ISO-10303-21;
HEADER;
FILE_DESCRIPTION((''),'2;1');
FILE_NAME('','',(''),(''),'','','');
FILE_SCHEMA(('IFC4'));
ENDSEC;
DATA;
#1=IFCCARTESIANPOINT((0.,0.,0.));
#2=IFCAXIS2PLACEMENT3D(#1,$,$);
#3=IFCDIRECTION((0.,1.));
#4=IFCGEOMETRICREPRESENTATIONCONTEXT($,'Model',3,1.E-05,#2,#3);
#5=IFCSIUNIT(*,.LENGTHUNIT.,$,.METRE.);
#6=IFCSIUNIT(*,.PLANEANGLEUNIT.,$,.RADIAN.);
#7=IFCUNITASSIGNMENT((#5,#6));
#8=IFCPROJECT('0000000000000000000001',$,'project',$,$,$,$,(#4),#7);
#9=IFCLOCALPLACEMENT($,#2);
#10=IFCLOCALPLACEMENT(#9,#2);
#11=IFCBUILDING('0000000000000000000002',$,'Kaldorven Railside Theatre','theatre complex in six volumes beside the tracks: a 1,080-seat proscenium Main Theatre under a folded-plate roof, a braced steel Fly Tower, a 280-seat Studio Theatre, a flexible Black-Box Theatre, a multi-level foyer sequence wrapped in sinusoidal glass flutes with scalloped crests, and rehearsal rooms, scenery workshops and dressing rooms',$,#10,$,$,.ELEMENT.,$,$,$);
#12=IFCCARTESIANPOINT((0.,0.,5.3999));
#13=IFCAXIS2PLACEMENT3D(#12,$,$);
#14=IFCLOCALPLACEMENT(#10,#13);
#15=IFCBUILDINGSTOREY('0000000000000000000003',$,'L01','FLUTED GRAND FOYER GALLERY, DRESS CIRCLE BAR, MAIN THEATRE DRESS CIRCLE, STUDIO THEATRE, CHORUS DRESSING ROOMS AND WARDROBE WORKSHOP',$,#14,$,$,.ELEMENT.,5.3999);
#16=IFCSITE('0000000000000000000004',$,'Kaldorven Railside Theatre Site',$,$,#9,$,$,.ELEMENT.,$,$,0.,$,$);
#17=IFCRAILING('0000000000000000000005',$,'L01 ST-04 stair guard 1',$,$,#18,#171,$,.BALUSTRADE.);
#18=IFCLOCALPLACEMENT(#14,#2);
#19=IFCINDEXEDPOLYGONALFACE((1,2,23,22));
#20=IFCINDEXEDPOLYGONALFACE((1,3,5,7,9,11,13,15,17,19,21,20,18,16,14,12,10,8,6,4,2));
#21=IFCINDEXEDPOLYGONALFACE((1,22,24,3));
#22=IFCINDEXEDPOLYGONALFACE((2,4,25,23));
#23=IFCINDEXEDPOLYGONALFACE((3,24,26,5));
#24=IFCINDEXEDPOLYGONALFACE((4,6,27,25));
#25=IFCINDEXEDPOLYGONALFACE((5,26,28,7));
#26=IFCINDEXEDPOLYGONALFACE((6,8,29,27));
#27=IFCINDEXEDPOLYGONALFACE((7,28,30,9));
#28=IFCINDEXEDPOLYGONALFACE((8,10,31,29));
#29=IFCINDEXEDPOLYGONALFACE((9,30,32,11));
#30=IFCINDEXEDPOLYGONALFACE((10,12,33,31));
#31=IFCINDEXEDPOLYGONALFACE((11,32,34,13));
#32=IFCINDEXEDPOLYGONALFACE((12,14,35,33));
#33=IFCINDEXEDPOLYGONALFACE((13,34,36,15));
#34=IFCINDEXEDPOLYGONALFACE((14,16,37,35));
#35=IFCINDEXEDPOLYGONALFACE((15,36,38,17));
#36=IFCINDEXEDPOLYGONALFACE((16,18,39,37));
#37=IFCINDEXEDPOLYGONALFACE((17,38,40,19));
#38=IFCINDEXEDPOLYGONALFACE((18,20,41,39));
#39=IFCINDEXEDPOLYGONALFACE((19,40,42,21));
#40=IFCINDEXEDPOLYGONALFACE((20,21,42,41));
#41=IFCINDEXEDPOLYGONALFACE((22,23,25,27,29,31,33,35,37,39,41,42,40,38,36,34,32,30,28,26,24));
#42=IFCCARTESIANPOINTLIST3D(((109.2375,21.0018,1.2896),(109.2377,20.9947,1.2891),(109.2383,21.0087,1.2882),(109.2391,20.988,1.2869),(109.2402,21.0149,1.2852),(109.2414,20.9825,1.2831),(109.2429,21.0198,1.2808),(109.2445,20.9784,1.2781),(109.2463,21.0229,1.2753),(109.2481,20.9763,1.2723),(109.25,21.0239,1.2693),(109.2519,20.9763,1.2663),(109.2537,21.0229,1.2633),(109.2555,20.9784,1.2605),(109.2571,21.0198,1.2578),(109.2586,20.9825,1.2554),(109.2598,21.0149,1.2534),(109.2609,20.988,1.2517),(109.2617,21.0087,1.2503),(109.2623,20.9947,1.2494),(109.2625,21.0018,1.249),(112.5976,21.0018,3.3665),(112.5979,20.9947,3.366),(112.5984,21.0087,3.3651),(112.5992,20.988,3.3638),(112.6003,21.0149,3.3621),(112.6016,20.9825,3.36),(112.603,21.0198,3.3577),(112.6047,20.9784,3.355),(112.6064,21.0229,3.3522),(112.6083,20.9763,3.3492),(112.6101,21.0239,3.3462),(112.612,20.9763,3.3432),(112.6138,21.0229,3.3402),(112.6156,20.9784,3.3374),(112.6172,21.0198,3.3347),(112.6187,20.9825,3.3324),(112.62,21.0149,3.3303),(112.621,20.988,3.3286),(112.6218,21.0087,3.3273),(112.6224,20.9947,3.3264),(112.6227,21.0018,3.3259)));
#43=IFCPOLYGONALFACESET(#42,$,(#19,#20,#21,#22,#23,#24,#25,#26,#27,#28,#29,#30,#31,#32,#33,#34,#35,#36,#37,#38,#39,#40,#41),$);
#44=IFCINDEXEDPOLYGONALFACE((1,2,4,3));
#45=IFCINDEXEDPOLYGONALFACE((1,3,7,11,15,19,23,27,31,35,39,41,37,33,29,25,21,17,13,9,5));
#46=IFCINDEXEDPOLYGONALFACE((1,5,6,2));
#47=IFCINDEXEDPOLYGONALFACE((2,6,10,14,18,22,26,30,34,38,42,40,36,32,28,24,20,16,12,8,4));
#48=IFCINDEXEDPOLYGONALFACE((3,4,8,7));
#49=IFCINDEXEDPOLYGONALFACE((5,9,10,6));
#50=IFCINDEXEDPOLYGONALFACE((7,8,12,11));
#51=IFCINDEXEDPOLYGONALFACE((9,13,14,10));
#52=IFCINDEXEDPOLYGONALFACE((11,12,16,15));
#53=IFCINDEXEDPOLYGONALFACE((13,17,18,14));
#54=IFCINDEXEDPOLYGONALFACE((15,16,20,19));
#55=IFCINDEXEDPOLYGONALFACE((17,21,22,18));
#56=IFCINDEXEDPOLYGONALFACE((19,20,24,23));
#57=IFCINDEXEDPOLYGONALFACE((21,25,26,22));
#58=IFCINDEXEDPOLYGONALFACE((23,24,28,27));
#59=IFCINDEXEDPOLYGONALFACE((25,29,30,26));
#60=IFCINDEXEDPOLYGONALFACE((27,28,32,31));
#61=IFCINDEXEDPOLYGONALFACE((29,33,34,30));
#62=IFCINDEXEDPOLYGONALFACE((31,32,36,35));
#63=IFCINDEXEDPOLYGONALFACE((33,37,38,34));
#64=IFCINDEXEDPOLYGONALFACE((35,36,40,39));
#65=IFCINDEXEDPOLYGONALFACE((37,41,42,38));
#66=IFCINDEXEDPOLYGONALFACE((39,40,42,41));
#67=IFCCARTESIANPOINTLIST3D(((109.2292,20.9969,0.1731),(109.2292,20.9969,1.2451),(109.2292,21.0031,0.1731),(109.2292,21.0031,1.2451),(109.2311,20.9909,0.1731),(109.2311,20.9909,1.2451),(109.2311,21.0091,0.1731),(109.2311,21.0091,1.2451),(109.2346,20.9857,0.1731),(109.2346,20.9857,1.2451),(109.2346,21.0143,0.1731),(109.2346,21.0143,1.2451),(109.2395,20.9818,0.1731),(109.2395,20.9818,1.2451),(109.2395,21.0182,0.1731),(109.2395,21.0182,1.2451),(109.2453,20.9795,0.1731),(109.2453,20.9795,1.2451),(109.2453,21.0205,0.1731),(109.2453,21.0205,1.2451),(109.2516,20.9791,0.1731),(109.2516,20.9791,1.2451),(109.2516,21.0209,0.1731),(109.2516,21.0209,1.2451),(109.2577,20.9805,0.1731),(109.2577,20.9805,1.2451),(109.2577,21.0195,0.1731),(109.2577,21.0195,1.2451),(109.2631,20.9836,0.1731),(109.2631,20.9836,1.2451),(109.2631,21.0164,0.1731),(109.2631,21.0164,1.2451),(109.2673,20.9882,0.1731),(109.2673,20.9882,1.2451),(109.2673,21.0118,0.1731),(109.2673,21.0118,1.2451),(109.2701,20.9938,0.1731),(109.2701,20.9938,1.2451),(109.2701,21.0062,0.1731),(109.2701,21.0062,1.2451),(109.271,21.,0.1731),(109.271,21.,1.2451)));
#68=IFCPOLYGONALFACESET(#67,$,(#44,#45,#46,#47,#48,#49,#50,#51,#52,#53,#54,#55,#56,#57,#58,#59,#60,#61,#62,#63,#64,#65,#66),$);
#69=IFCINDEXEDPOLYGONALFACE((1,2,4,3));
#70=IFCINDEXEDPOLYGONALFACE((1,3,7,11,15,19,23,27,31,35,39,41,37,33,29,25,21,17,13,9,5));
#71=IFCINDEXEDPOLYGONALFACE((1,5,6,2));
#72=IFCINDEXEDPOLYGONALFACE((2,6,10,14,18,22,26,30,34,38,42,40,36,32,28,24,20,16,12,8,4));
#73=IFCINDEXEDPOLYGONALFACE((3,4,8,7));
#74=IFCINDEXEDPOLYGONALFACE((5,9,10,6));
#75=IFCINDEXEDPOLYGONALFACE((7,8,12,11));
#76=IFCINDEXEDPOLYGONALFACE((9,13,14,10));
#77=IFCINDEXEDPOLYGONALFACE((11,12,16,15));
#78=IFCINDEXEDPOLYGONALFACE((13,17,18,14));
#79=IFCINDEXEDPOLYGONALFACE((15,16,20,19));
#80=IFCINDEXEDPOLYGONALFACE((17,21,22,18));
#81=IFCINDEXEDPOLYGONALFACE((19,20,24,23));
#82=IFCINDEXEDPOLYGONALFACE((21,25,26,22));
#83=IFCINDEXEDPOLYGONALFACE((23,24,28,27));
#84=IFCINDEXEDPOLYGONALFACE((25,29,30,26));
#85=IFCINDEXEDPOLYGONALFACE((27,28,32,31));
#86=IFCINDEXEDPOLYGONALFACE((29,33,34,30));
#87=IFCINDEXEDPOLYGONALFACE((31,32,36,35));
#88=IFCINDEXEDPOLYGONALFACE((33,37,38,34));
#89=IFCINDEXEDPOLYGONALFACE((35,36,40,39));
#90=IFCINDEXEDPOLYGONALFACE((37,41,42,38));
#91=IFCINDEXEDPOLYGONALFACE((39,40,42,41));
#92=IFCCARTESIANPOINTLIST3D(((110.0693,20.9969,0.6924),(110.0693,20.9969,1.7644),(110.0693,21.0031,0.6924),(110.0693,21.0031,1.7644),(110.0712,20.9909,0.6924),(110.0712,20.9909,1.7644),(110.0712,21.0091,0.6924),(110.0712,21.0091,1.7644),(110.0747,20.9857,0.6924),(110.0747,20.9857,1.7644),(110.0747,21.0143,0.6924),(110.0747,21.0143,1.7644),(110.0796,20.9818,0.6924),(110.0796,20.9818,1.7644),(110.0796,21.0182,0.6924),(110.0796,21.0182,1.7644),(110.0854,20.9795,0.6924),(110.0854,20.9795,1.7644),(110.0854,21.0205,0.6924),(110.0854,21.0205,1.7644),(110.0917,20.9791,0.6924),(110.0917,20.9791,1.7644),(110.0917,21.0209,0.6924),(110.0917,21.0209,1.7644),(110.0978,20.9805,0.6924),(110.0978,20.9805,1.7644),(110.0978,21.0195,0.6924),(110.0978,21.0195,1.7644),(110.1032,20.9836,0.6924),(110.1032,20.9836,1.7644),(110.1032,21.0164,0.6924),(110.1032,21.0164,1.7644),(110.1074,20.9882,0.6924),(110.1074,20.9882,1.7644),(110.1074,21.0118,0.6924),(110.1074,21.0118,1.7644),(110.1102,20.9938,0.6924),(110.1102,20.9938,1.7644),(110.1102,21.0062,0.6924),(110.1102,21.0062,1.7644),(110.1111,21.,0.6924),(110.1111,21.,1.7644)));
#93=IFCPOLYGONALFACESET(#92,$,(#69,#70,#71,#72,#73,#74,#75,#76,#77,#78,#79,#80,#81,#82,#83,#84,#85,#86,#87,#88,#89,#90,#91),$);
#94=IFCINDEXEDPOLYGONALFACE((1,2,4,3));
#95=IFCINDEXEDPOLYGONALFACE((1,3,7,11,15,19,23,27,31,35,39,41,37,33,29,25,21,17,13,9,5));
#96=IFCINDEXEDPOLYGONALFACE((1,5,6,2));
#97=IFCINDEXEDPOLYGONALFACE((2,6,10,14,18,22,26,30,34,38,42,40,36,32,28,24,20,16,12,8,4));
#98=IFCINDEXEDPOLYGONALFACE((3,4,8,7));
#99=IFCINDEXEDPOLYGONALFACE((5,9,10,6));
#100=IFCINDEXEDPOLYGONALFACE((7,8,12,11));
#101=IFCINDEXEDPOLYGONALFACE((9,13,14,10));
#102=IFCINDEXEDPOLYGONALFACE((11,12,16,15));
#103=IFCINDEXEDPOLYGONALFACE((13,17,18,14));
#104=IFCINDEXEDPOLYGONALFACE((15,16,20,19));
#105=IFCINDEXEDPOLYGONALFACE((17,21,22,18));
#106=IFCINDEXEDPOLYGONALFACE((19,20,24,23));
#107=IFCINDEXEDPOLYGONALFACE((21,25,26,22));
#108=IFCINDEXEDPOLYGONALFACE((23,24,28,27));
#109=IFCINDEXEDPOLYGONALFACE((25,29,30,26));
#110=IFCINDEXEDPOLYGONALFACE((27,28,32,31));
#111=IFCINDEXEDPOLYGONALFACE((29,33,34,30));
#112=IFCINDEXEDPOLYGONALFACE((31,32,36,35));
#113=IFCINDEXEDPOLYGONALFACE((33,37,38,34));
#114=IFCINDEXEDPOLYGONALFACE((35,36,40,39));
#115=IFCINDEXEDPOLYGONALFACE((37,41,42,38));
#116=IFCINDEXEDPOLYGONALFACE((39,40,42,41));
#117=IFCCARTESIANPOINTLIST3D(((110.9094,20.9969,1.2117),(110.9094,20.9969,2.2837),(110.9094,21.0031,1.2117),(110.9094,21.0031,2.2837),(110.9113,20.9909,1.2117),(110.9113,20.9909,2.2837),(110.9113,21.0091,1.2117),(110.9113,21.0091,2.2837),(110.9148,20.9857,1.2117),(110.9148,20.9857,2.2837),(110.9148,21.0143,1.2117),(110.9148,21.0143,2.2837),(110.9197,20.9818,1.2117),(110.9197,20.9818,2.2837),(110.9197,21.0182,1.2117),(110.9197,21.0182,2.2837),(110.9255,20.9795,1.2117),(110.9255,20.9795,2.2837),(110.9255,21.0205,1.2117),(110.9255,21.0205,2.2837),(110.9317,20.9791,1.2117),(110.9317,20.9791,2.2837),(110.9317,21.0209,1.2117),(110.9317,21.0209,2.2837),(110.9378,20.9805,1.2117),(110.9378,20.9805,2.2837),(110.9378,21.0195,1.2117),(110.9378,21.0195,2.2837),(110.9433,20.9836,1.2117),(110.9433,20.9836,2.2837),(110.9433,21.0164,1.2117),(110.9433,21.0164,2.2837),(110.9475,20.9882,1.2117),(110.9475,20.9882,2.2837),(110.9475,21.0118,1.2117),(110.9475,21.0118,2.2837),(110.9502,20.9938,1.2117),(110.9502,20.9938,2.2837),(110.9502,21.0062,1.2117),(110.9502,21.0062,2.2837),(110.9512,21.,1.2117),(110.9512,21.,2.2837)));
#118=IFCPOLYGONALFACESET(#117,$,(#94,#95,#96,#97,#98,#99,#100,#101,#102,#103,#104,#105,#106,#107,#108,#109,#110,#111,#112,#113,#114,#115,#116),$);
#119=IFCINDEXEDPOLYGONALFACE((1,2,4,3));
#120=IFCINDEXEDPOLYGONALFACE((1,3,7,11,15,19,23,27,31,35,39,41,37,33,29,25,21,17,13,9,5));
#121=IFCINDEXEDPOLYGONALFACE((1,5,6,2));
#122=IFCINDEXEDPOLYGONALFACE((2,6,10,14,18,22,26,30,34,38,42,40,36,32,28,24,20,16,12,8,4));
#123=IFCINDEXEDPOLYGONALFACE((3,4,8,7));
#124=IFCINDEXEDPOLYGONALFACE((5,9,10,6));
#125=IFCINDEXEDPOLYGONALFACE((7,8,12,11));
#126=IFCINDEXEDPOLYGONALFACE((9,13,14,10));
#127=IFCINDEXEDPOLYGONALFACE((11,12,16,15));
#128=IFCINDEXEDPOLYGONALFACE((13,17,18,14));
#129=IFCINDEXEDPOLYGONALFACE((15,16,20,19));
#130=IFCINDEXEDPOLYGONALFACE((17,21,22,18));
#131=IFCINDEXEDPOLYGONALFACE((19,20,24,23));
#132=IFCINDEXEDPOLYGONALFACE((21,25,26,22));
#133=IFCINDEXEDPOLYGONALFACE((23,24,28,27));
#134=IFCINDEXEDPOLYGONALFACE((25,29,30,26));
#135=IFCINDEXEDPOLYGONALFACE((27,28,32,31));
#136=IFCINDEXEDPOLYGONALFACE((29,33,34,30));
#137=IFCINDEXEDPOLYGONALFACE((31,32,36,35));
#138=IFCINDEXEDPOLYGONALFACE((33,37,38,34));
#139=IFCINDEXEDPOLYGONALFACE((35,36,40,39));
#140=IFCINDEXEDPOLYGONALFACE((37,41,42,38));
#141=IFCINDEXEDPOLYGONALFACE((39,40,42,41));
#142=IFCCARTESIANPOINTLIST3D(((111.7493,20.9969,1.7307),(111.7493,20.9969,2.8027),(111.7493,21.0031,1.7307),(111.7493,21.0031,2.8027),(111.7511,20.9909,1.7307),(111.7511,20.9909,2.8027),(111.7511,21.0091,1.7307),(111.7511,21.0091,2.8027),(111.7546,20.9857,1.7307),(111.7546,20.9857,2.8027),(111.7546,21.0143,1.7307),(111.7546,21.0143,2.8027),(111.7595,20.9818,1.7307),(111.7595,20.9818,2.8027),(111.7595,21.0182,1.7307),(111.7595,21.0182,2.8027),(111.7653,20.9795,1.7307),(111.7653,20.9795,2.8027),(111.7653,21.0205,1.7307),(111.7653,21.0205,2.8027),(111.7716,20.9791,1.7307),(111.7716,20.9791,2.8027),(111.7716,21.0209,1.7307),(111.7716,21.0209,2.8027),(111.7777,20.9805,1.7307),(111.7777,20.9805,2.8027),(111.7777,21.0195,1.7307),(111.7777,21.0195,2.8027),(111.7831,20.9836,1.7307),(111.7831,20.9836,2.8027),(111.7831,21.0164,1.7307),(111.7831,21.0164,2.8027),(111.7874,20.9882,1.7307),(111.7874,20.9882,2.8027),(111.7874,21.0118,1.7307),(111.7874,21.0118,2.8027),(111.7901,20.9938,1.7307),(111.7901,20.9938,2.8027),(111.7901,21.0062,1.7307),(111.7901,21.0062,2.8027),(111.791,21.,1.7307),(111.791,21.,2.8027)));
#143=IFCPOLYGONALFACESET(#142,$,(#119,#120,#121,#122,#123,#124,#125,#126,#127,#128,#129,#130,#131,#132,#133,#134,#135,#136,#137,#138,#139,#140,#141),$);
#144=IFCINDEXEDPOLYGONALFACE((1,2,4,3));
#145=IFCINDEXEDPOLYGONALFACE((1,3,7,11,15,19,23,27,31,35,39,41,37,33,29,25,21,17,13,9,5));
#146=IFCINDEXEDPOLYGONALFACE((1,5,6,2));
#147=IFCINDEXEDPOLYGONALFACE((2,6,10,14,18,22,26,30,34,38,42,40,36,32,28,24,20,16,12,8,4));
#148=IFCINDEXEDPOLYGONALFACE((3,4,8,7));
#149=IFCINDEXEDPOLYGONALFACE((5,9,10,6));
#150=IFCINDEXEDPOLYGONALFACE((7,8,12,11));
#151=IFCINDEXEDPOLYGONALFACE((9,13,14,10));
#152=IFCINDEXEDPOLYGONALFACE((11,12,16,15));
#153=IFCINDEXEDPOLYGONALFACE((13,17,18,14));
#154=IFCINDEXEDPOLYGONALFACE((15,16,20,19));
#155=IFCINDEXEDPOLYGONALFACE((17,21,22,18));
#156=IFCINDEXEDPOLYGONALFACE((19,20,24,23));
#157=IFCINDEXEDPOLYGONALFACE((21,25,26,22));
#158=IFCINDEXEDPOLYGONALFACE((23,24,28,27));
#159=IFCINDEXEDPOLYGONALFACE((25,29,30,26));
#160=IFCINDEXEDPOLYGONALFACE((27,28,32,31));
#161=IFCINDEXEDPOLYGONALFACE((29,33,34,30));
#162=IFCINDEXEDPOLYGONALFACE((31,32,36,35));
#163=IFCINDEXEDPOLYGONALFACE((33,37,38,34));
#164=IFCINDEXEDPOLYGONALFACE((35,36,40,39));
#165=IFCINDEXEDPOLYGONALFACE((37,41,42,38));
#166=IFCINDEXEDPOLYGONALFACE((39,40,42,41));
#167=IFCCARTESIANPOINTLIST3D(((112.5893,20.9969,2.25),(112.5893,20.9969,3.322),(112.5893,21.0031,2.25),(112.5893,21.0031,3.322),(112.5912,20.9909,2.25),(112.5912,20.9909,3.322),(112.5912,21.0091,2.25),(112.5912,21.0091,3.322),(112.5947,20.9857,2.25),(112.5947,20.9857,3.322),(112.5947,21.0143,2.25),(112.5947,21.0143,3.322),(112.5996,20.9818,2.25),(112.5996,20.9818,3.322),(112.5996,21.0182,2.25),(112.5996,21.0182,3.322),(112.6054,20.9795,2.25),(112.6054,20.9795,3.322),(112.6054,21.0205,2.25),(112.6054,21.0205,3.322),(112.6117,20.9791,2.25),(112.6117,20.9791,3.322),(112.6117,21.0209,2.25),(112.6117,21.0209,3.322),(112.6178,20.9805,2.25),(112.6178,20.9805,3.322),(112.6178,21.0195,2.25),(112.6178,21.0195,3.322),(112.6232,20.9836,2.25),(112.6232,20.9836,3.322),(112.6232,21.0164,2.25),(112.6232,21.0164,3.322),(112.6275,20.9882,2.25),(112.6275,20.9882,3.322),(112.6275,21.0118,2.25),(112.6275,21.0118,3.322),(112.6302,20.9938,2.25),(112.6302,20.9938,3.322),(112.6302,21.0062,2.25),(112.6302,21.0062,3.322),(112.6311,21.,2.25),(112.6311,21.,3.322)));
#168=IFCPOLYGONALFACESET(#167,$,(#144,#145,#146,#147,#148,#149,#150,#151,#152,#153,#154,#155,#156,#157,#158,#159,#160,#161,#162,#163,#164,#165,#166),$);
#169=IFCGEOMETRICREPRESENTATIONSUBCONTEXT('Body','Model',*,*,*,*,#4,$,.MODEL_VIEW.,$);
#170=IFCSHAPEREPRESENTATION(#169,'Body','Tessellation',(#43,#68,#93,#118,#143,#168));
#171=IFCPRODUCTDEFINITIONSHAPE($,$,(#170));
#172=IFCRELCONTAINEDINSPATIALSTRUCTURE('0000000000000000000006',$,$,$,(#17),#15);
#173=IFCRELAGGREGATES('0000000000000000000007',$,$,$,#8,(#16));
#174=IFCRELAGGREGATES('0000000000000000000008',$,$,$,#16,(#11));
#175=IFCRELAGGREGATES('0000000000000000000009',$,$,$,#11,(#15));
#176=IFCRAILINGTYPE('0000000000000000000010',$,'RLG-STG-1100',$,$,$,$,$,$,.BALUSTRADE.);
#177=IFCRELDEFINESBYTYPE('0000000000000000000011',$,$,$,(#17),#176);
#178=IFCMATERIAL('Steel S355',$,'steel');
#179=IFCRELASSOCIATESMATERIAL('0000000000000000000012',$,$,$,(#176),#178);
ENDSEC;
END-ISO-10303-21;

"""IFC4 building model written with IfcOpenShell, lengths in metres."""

from ifc_helpers import new_model, si_unit, direction, frame, origin, origin_2d, place, context, subcontext, project, spatial, circle, extrude, material, type_object, element, save


model = new_model("IFC4")

# Units and contexts
model_context = context("Model", 3, precision=1e-05, world=origin(), true_north=direction((0.0, 1.0)))
body_context = subcontext(model_context, "Body", "Model", "MODEL_VIEW")
ifc_project = project(units=[si_unit("LENGTHUNIT", "METRE"), si_unit("PLANEANGLEUNIT", "RADIAN")], contexts=[model_context])

# Site, building, storey
site_placement = place(None, origin())
site = spatial("IfcSite", under=ifc_project, at=site_placement, Name="Kaldorven Railside Theatre Site", CompositionType="ELEMENT", RefElevation=0.0)
building_placement = place(site_placement, origin())
building = spatial("IfcBuilding", under=site, at=building_placement, Name="Kaldorven Railside Theatre", Description="theatre complex in six volumes beside the tracks: a 1,080-seat proscenium Main Theatre under a folded-plate roof, a braced steel Fly Tower, a 280-seat Studio Theatre, a flexible Black-Box Theatre, a multi-level foyer sequence wrapped in sinusoidal glass flutes with scalloped crests, and rehearsal rooms, scenery workshops and dressing rooms", CompositionType="ELEMENT")
storey_placement = place(building_placement, frame((0.0, 0.0, 5.3999)))
storey = spatial("IfcBuildingStorey", under=building, at=storey_placement, Name="L01", Description="FLUTED GRAND FOYER GALLERY, DRESS CIRCLE BAR, MAIN THEATRE DRESS CIRCLE, STUDIO THEATRE, CHORUS DRESSING ROOMS AND WARDROBE WORKSHOP", CompositionType="ELEMENT", Elevation=5.3999)

# Shared definitions
ifc_material_1 = material(Name="Steel S355", Category="steel")

# Railing
railing_type_1 = type_object("IfcRailingType", Name="RLG-STG-1100", PredefinedType="BALUSTRADE", material=ifc_material_1)
railing_1_placement = place(storey_placement, frame((109.25, 21.0, 0.1731)))
element("IfcRailing", 1, at=railing_1_placement, inside=storey, type_object=railing_type_1, Name="L01 ST-04 stair guard 1", PredefinedType="BALUSTRADE", context=body_context, shape_type="SweptSolid", body=[
    extrude(circle(Radius=0.0239, at=origin_2d()), frame((0.0, 0.0, 1.0962), z_axis=(0.850623, 0.0, 0.525776), x_axis=(0.0, 1.0, 0.0)), (0.0, 0.0, 1.0), 3.9502),
    extrude(circle(Radius=0.021, at=origin_2d()), origin(), (0.0, 0.0, 1.0), 1.072),
    extrude(circle(Radius=0.021, at=origin_2d()), frame((0.8401, 0.0, 0.5193)), (0.0, 0.0, 1.0), 1.072),
    extrude(circle(Radius=0.021, at=origin_2d()), frame((1.6802, 0.0, 1.0386)), (0.0, 0.0, 1.0), 1.072),
    extrude(circle(Radius=0.021, at=origin_2d()), frame((2.52, 0.0, 1.5576)), (0.0, 0.0, 1.0), 1.072),
    extrude(circle(Radius=0.021, at=origin_2d()), frame((3.3601, 0.0, 2.0769)), (0.0, 0.0, 1.0), 1.072),
])

save(model, "model.ifc")
